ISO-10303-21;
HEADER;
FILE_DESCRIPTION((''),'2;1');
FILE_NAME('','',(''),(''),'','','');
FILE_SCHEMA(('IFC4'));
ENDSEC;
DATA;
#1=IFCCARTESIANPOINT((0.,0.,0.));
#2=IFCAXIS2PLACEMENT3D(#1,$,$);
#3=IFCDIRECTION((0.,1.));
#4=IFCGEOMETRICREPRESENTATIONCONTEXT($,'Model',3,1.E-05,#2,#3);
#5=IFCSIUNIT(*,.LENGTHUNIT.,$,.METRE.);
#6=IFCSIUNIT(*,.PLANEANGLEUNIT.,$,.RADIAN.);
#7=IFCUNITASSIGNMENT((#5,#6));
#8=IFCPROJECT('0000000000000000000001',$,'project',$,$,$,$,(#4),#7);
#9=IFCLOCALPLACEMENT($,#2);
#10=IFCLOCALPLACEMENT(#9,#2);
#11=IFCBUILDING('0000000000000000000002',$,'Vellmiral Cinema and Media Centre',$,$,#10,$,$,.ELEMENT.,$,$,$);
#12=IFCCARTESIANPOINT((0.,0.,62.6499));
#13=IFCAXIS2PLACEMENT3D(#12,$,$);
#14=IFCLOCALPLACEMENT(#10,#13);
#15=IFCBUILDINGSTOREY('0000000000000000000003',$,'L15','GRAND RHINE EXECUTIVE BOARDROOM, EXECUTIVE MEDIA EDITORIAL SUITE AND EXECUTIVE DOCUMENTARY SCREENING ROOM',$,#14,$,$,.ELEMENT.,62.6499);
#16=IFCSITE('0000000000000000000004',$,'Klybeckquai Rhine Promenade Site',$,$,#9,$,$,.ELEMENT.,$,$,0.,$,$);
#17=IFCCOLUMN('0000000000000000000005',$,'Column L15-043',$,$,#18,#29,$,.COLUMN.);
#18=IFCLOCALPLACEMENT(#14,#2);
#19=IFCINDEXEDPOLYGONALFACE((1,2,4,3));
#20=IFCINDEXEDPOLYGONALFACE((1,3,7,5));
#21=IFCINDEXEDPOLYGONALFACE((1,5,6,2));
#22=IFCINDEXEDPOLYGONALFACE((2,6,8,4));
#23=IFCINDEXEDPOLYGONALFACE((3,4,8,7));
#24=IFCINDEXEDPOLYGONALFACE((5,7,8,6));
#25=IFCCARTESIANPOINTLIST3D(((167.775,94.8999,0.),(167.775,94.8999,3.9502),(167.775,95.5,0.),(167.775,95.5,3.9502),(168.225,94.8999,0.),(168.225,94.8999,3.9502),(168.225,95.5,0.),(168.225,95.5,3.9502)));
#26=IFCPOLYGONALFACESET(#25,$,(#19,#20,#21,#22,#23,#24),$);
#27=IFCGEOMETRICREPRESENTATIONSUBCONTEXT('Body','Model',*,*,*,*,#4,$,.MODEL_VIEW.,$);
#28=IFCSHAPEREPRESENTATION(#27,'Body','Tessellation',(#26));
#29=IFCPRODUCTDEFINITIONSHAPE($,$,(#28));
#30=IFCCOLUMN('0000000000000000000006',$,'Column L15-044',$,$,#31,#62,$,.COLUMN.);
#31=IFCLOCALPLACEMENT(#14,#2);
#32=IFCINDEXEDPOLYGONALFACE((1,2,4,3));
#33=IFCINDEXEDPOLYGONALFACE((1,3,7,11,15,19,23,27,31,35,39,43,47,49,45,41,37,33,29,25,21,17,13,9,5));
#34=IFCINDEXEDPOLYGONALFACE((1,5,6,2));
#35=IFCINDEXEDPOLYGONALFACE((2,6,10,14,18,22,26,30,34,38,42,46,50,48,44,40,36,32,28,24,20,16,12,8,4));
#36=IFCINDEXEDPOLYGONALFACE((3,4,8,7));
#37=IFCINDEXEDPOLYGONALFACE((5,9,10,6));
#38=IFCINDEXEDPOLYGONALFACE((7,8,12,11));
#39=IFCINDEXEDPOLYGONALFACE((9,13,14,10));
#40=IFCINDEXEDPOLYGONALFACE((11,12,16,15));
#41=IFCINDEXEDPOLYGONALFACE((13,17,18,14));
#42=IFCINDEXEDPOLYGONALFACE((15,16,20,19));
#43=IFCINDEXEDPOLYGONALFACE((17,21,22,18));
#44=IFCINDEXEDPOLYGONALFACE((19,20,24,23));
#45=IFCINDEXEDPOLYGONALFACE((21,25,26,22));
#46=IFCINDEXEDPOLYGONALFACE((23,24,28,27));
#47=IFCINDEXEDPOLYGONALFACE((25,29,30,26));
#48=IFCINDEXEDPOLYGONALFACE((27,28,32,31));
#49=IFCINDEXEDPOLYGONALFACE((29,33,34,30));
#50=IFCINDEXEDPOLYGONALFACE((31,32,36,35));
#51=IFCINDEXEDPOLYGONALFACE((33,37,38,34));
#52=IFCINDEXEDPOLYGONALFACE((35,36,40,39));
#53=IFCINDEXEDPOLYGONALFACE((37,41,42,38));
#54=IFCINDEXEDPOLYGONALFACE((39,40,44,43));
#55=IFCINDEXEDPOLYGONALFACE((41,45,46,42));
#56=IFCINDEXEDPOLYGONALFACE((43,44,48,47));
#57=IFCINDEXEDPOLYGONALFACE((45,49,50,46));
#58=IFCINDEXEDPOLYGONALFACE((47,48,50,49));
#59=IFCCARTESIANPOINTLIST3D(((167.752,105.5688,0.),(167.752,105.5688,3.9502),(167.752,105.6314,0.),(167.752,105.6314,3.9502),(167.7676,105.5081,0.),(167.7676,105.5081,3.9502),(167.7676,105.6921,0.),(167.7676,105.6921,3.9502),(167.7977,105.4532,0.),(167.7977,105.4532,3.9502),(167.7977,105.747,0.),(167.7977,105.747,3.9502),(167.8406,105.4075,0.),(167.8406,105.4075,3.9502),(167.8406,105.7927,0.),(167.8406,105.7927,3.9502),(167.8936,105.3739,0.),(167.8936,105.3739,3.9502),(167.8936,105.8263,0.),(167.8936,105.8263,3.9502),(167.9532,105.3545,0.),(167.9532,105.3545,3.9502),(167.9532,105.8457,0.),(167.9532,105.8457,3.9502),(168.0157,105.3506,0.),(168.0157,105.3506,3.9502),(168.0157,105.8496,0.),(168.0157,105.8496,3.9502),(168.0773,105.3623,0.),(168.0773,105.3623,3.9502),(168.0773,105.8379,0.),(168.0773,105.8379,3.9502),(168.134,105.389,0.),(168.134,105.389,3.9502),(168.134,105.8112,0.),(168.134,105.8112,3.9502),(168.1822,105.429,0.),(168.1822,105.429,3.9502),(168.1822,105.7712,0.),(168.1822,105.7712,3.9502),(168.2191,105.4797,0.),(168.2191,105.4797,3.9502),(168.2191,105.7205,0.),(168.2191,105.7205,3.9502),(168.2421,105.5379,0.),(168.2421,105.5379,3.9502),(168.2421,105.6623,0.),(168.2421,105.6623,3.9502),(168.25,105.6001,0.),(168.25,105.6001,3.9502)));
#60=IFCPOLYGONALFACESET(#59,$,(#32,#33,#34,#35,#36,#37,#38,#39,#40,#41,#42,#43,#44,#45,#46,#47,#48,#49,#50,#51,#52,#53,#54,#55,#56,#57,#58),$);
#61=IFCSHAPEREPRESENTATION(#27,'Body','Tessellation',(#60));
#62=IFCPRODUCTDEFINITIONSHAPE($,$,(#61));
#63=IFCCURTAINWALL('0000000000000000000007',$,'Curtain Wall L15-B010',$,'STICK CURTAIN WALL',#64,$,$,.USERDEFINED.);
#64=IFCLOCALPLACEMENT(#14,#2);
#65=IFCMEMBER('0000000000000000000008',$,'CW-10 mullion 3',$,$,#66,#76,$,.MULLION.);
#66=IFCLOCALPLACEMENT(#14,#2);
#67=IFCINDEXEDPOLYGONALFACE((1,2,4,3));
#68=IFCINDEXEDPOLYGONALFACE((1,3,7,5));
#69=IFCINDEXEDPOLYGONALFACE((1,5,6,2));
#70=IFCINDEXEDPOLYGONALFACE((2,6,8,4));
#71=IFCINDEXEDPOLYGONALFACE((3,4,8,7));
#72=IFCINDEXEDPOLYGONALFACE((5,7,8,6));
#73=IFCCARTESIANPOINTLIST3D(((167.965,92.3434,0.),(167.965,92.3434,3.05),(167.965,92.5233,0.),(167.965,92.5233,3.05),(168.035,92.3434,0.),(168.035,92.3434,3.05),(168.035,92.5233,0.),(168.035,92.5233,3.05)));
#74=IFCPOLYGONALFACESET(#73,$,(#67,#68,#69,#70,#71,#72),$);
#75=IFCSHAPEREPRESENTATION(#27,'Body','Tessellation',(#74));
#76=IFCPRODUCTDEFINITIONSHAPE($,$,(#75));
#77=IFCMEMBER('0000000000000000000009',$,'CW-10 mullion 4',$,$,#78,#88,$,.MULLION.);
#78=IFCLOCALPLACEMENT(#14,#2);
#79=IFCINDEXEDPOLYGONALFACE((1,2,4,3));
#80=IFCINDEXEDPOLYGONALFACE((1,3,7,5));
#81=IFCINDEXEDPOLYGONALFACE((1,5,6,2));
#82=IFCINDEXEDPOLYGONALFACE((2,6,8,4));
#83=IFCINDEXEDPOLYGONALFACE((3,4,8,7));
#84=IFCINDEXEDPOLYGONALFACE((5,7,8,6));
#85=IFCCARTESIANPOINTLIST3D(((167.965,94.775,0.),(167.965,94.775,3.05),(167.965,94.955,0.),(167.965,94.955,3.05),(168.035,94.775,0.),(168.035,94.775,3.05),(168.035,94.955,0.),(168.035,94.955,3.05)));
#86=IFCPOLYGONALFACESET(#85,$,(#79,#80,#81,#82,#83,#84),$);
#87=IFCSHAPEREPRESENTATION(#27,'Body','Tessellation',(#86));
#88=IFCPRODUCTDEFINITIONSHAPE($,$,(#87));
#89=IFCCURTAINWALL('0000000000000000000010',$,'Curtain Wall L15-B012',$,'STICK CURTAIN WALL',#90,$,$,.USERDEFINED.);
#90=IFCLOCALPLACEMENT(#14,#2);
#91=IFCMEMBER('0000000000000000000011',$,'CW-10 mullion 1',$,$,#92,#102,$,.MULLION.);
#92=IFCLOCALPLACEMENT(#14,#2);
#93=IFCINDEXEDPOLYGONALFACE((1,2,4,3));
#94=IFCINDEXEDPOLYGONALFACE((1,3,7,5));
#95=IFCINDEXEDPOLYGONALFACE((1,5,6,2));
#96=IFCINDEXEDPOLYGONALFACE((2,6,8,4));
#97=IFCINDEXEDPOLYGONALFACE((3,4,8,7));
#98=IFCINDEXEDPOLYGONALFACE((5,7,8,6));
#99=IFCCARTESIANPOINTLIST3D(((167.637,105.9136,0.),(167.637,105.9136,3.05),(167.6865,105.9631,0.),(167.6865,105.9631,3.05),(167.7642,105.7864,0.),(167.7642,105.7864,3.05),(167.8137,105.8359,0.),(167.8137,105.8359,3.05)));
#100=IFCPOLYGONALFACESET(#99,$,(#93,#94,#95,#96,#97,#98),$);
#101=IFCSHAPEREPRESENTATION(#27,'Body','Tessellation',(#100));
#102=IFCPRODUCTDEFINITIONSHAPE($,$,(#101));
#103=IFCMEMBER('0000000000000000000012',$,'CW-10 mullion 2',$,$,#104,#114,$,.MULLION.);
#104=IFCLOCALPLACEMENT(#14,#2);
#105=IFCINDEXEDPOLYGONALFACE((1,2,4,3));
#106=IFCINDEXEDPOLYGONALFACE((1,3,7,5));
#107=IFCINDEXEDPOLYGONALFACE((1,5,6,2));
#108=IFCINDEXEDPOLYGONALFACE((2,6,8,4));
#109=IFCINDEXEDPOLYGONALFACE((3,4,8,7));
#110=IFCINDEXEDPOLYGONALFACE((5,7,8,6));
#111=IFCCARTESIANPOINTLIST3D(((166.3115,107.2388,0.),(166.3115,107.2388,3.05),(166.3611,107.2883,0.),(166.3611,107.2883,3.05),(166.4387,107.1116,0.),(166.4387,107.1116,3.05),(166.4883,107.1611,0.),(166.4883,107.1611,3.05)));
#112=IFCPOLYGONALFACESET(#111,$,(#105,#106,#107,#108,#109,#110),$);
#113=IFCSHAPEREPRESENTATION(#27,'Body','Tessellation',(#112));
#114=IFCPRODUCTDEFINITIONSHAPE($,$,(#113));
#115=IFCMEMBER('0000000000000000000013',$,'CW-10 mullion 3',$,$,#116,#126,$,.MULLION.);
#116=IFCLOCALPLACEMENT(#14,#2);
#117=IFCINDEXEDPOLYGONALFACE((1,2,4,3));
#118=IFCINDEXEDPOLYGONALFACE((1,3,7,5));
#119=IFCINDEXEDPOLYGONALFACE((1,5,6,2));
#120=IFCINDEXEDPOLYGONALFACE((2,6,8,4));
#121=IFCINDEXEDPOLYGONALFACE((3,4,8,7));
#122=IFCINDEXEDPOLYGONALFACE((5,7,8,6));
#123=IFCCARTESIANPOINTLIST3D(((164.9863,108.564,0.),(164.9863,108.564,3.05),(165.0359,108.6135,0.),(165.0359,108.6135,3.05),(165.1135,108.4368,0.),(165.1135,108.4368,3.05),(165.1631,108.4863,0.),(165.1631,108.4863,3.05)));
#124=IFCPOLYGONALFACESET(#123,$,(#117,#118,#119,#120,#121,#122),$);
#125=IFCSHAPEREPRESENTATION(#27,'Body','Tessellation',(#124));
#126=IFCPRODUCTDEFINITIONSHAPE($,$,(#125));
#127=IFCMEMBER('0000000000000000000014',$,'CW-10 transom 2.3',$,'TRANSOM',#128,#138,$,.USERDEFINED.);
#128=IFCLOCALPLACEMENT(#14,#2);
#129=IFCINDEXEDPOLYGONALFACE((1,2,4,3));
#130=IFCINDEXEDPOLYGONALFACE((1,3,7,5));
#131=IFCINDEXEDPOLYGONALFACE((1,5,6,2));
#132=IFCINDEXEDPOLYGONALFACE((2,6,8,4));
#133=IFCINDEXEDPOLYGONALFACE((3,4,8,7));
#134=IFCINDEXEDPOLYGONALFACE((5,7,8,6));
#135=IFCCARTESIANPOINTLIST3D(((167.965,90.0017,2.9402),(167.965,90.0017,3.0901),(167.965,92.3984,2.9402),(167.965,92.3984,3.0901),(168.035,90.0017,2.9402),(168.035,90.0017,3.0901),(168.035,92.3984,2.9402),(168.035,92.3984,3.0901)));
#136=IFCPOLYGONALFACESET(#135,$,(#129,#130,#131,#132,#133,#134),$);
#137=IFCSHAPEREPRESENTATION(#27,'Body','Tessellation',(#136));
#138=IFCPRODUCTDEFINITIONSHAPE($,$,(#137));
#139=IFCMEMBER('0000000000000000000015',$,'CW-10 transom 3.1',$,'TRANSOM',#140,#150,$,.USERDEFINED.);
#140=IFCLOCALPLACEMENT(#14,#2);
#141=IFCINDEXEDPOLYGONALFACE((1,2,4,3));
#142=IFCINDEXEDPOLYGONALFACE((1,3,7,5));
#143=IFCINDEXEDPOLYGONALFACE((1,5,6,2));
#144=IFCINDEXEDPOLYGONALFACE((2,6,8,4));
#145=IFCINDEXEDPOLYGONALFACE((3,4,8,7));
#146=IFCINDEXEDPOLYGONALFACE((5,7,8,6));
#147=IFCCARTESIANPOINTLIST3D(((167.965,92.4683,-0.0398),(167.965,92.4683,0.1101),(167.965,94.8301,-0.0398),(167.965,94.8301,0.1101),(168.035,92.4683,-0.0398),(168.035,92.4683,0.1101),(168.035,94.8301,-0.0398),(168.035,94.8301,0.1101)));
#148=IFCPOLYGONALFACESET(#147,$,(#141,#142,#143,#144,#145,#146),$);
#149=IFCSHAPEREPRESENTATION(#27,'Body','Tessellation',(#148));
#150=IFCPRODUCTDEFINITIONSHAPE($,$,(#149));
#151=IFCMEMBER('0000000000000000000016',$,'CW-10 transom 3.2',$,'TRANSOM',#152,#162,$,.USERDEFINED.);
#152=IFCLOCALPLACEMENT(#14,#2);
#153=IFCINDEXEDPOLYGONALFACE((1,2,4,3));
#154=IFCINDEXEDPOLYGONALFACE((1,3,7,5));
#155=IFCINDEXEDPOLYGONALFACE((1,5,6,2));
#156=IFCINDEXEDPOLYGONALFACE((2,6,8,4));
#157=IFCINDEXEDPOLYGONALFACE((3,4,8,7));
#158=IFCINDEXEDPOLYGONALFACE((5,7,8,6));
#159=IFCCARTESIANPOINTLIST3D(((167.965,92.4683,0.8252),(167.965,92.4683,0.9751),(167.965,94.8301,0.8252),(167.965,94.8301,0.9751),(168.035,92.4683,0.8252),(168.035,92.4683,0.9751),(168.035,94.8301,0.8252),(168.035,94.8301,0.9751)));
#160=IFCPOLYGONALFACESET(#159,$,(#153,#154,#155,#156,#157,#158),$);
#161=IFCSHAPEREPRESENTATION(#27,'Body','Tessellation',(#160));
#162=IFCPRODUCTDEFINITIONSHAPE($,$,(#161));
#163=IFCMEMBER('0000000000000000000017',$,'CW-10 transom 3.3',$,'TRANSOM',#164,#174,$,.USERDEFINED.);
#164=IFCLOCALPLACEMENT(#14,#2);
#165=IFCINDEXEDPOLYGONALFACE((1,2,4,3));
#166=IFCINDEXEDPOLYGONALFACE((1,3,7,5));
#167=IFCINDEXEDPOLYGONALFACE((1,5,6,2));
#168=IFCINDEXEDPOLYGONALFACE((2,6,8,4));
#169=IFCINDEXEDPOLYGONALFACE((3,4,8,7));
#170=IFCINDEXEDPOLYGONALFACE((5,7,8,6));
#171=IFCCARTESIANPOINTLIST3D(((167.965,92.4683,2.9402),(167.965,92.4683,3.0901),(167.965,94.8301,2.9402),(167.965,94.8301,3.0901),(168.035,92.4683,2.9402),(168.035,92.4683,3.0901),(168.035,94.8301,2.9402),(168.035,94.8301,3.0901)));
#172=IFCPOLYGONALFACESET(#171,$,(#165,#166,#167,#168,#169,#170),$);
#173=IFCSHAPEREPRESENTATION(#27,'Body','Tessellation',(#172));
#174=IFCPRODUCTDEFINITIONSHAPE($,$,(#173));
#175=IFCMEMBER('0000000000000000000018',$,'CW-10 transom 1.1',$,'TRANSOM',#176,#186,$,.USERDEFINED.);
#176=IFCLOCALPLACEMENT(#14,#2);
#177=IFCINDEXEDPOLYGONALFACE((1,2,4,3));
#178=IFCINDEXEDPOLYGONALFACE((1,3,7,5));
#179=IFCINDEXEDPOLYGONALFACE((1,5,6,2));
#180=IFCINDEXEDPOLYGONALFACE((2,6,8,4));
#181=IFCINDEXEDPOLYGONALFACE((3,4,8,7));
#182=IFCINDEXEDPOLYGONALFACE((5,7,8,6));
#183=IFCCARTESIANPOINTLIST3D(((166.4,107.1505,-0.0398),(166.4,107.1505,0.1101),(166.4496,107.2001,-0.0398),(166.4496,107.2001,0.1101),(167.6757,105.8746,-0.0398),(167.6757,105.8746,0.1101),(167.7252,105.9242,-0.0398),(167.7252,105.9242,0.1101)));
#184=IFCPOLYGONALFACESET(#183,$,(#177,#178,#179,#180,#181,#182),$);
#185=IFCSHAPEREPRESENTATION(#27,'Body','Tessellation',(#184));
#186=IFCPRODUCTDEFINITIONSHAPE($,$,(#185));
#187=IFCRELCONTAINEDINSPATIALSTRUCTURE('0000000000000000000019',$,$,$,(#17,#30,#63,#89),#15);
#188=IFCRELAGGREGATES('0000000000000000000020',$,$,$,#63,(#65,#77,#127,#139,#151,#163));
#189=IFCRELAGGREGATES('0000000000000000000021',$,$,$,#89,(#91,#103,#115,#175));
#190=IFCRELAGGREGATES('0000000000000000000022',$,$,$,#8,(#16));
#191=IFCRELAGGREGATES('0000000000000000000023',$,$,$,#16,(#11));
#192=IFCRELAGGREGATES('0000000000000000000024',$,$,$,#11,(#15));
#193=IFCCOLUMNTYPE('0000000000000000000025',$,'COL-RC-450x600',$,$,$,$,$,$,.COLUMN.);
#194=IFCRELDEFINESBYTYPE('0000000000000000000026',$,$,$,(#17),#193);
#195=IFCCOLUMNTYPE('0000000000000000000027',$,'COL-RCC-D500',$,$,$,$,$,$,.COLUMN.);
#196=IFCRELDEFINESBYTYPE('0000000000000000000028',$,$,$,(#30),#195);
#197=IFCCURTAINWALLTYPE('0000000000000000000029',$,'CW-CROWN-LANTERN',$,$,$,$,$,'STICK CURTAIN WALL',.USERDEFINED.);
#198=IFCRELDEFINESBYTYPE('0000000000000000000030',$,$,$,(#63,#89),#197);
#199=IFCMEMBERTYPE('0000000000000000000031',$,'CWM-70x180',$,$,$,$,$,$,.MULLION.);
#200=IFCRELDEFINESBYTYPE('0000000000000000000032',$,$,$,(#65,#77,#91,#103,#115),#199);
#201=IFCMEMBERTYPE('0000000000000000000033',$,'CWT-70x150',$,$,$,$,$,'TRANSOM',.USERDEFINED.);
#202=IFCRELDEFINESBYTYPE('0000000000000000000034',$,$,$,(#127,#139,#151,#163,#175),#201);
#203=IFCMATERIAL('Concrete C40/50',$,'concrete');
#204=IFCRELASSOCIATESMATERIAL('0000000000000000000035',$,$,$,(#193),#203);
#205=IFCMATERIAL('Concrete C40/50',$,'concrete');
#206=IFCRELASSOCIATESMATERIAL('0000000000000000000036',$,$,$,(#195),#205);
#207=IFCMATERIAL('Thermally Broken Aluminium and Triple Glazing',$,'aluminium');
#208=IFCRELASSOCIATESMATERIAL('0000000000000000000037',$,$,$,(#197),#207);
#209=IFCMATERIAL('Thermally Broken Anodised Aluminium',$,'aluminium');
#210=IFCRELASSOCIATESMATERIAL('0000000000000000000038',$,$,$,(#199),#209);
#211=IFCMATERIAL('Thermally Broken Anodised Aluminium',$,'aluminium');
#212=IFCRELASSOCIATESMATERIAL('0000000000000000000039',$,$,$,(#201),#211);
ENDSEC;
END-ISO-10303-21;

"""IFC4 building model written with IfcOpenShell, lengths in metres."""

from ifc_helpers import new_model, si_unit, direction, frame, origin, origin_2d, place, context, subcontext, project, spatial, rectangle, circle, extrude, material, material_profile, profile_set, type_object, element, aggregate, save


model = new_model("IFC4")

# Units and contexts
model_context = context("Model", 3, precision=1e-05, world=origin(), true_north=direction((0.0, 1.0)))
body_context = subcontext(model_context, "Body", "Model", "MODEL_VIEW")
ifc_project = project(units=[si_unit("LENGTHUNIT", "METRE"), si_unit("PLANEANGLEUNIT", "RADIAN")], contexts=[model_context])

# Site, building, storey
site_placement = place(None, origin())
site = spatial("IfcSite", under=ifc_project, at=site_placement, Name="Klybeckquai Rhine Promenade Site", CompositionType="ELEMENT", RefElevation=0.0)
building_placement = place(site_placement, origin())
building = spatial("IfcBuilding", under=site, at=building_placement, Name="Vellmiral Cinema and Media Centre", CompositionType="ELEMENT")
storey_placement = place(building_placement, frame((0.0, 0.0, 62.6499)))
storey = spatial("IfcBuildingStorey", under=building, at=storey_placement, Name="L15", Description="GRAND RHINE EXECUTIVE BOARDROOM, EXECUTIVE MEDIA EDITORIAL SUITE AND EXECUTIVE DOCUMENTARY SCREENING ROOM", CompositionType="ELEMENT", Elevation=62.6499)

# Columns
ifc_material_1 = material(Name="Concrete C40/50", Category="concrete")
ifc_material_profile_1 = material_profile(ifc_material_1, rectangle(XDim=0.45, YDim=0.6001, at=origin_2d()), Name="RC 450x600")
ifc_profile_set_1 = profile_set([ifc_material_profile_1], Name="Concrete C40/50")
column_type_1 = type_object("IfcColumnType", Name="COL-RC-450x600", PredefinedType="COLUMN", material=ifc_profile_set_1)
column_1_placement = place(storey_placement, frame((168.0, 95.2, 0.0), z_axis=(0.0, 0.0, 1.0), x_axis=(1.0, 0.0, 0.0)))
element("IfcColumn", 1, at=column_1_placement, inside=storey, type_object=column_type_1, Name="Column L15-043", PredefinedType="COLUMN", context=body_context, shape_type="SweptSolid", body=[
    extrude(rectangle(XDim=0.45, YDim=0.6001, at=origin_2d()), origin(), (0.0, 0.0, 1.0), 3.9502),
])
ifc_material_2 = material(Name="Concrete C40/50", Category="concrete")
ifc_material_profile_2 = material_profile(ifc_material_2, circle(Radius=0.25, at=origin_2d()), Name="RC D500")
ifc_profile_set_2 = profile_set([ifc_material_profile_2], Name="Concrete C40/50")
column_type_2 = type_object("IfcColumnType", Name="COL-RCC-D500", PredefinedType="COLUMN", material=ifc_profile_set_2)
column_2_placement = place(storey_placement, frame((168.0, 105.6001, 0.0), z_axis=(0.0, 0.0, 1.0), x_axis=(1.0, 0.0, 0.0)))
element("IfcColumn", 2, at=column_2_placement, inside=storey, type_object=column_type_2, Name="Column L15-044", PredefinedType="COLUMN", context=body_context, shape_type="SweptSolid", body=[
    extrude(circle(Radius=0.25, at=origin_2d()), origin(), (0.0, 0.0, 1.0), 3.9502),
])

# Curtain walls, members
ifc_material_3 = material(Name="Thermally Broken Aluminium and Triple Glazing", Category="aluminium")
curtain_wall_type = type_object("IfcCurtainWallType", Name="CW-CROWN-LANTERN", ElementType="STICK CURTAIN WALL", PredefinedType="USERDEFINED", material=ifc_material_3)
curtain_wall_1_placement = place(storey_placement, origin())
curtain_wall_1 = element("IfcCurtainWall", 3, at=curtain_wall_1_placement, inside=storey, type_object=curtain_wall_type, Name="Curtain Wall L15-B010", ObjectType="STICK CURTAIN WALL", PredefinedType="USERDEFINED")
ifc_material_4 = material(Name="Thermally Broken Anodised Aluminium", Category="aluminium")
ifc_material_profile_3 = material_profile(ifc_material_4, rectangle(XDim=0.0701, YDim=0.1799, at=origin_2d()), Name="MULL 70x180")
ifc_profile_set_3 = profile_set([ifc_material_profile_3], Name="Thermally Broken Anodised Aluminium")
member_type_1 = type_object("IfcMemberType", Name="CWM-70x180", PredefinedType="MULLION", material=ifc_profile_set_3)
member_1_placement = place(storey_placement, frame((168.0, 92.4333, 0.0), z_axis=(0.0, 0.0, 1.0), x_axis=(-1.0, 0.0, 0.0)))
member_1 = element("IfcMember", 4, at=member_1_placement, type_object=member_type_1, Name="CW-10 mullion 3", PredefinedType="MULLION", context=body_context, shape_type="SweptSolid", body=[
    extrude(rectangle(XDim=0.0701, YDim=0.1799, at=origin_2d()), origin(), (0.0, 0.0, 1.0), 3.05),
])
member_2_placement = place(storey_placement, frame((168.0, 94.865, 0.0), z_axis=(0.0, 0.0, 1.0), x_axis=(-1.0, 0.0, 0.0)))
member_2 = element("IfcMember", 5, at=member_2_placement, type_object=member_type_1, Name="CW-10 mullion 4", PredefinedType="MULLION", context=body_context, shape_type="SweptSolid", body=[
    extrude(rectangle(XDim=0.0701, YDim=0.1799, at=origin_2d()), origin(), (0.0, 0.0, 1.0), 3.05),
])
curtain_wall_2_placement = place(storey_placement, origin())
curtain_wall_2 = element("IfcCurtainWall", 6, at=curtain_wall_2_placement, inside=storey, type_object=curtain_wall_type, Name="Curtain Wall L15-B012", ObjectType="STICK CURTAIN WALL", PredefinedType="USERDEFINED")
member_3_placement = place(storey_placement, frame((167.7253, 105.8748, 0.0), z_axis=(0.0, 0.0, 1.0), x_axis=(-0.707107, -0.707107, 0.0)))
member_3 = element("IfcMember", 7, at=member_3_placement, type_object=member_type_1, Name="CW-10 mullion 1", PredefinedType="MULLION", context=body_context, shape_type="SweptSolid", body=[
    extrude(rectangle(XDim=0.0701, YDim=0.1799, at=origin_2d()), origin(), (0.0, 0.0, 1.0), 3.05),
])
member_4_placement = place(storey_placement, frame((166.3999, 107.2, 0.0), z_axis=(0.0, 0.0, 1.0), x_axis=(-0.707107, -0.707107, 0.0)))
member_4 = element("IfcMember", 8, at=member_4_placement, type_object=member_type_1, Name="CW-10 mullion 2", PredefinedType="MULLION", context=body_context, shape_type="SweptSolid", body=[
    extrude(rectangle(XDim=0.0701, YDim=0.1799, at=origin_2d()), origin(), (0.0, 0.0, 1.0), 3.05),
])
member_5_placement = place(storey_placement, frame((165.0747, 108.5251, 0.0), z_axis=(0.0, 0.0, 1.0), x_axis=(-0.707107, -0.707107, 0.0)))
member_5 = element("IfcMember", 9, at=member_5_placement, type_object=member_type_1, Name="CW-10 mullion 3", PredefinedType="MULLION", context=body_context, shape_type="SweptSolid", body=[
    extrude(rectangle(XDim=0.0701, YDim=0.1799, at=origin_2d()), origin(), (0.0, 0.0, 1.0), 3.05),
])

# Members
ifc_material_5 = material(Name="Thermally Broken Anodised Aluminium", Category="aluminium")
ifc_material_profile_4 = material_profile(ifc_material_5, rectangle(XDim=0.0701, YDim=0.1499, at=origin_2d()), Name="MULL 70x150")
ifc_profile_set_4 = profile_set([ifc_material_profile_4], Name="Thermally Broken Anodised Aluminium")
member_type_2 = type_object("IfcMemberType", Name="CWT-70x150", ElementType="TRANSOM", PredefinedType="USERDEFINED", material=ifc_profile_set_4)
member_6_placement = place(storey_placement, frame((168.0, 90.0017, 3.0151), z_axis=(0.0, 1.0, 0.0), x_axis=(-1.0, 0.0, 0.0)))
member_6 = element("IfcMember", 10, at=member_6_placement, type_object=member_type_2, Name="CW-10 transom 2.3", ObjectType="TRANSOM", PredefinedType="USERDEFINED", context=body_context, shape_type="SweptSolid", body=[
    extrude(rectangle(XDim=0.0701, YDim=0.1499, at=origin_2d()), origin(), (0.0, 0.0, 1.0), 2.3967),
])
member_7_placement = place(storey_placement, frame((168.0, 92.4683, 0.0352), z_axis=(0.0, 1.0, 0.0), x_axis=(-1.0, 0.0, 0.0)))
member_7 = element("IfcMember", 11, at=member_7_placement, type_object=member_type_2, Name="CW-10 transom 3.1", ObjectType="TRANSOM", PredefinedType="USERDEFINED", context=body_context, shape_type="SweptSolid", body=[
    extrude(rectangle(XDim=0.0701, YDim=0.1499, at=origin_2d()), origin(), (0.0, 0.0, 1.0), 2.3618),
])
member_8_placement = place(storey_placement, frame((168.0, 92.4683, 0.9001), z_axis=(0.0, 1.0, 0.0), x_axis=(-1.0, 0.0, 0.0)))
member_8 = element("IfcMember", 12, at=member_8_placement, type_object=member_type_2, Name="CW-10 transom 3.2", ObjectType="TRANSOM", PredefinedType="USERDEFINED", context=body_context, shape_type="SweptSolid", body=[
    extrude(rectangle(XDim=0.0701, YDim=0.1499, at=origin_2d()), origin(), (0.0, 0.0, 1.0), 2.3618),
])
member_9_placement = place(storey_placement, frame((168.0, 92.4683, 3.0151), z_axis=(0.0, 1.0, 0.0), x_axis=(-1.0, 0.0, 0.0)))
member_9 = element("IfcMember", 13, at=member_9_placement, type_object=member_type_2, Name="CW-10 transom 3.3", ObjectType="TRANSOM", PredefinedType="USERDEFINED", context=body_context, shape_type="SweptSolid", body=[
    extrude(rectangle(XDim=0.0701, YDim=0.1499, at=origin_2d()), origin(), (0.0, 0.0, 1.0), 2.3618),
])
member_10_placement = place(storey_placement, frame((167.7004, 105.8994, 0.0352), z_axis=(-0.707039, 0.707174, 0.0), x_axis=(-0.707174, -0.707039, 0.0)))
member_10 = element("IfcMember", 14, at=member_10_placement, type_object=member_type_2, Name="CW-10 transom 1.1", ObjectType="TRANSOM", PredefinedType="USERDEFINED", context=body_context, shape_type="SweptSolid", body=[
    extrude(rectangle(XDim=0.0701, YDim=0.1499, at=origin_2d()), origin(), (0.0, 0.0, 1.0), 1.8042),
])

aggregate(curtain_wall_1, [member_1, member_2, member_6, member_7, member_8, member_9])
aggregate(curtain_wall_2, [member_3, member_4, member_5, member_10])

save(model, "model.ifc")
